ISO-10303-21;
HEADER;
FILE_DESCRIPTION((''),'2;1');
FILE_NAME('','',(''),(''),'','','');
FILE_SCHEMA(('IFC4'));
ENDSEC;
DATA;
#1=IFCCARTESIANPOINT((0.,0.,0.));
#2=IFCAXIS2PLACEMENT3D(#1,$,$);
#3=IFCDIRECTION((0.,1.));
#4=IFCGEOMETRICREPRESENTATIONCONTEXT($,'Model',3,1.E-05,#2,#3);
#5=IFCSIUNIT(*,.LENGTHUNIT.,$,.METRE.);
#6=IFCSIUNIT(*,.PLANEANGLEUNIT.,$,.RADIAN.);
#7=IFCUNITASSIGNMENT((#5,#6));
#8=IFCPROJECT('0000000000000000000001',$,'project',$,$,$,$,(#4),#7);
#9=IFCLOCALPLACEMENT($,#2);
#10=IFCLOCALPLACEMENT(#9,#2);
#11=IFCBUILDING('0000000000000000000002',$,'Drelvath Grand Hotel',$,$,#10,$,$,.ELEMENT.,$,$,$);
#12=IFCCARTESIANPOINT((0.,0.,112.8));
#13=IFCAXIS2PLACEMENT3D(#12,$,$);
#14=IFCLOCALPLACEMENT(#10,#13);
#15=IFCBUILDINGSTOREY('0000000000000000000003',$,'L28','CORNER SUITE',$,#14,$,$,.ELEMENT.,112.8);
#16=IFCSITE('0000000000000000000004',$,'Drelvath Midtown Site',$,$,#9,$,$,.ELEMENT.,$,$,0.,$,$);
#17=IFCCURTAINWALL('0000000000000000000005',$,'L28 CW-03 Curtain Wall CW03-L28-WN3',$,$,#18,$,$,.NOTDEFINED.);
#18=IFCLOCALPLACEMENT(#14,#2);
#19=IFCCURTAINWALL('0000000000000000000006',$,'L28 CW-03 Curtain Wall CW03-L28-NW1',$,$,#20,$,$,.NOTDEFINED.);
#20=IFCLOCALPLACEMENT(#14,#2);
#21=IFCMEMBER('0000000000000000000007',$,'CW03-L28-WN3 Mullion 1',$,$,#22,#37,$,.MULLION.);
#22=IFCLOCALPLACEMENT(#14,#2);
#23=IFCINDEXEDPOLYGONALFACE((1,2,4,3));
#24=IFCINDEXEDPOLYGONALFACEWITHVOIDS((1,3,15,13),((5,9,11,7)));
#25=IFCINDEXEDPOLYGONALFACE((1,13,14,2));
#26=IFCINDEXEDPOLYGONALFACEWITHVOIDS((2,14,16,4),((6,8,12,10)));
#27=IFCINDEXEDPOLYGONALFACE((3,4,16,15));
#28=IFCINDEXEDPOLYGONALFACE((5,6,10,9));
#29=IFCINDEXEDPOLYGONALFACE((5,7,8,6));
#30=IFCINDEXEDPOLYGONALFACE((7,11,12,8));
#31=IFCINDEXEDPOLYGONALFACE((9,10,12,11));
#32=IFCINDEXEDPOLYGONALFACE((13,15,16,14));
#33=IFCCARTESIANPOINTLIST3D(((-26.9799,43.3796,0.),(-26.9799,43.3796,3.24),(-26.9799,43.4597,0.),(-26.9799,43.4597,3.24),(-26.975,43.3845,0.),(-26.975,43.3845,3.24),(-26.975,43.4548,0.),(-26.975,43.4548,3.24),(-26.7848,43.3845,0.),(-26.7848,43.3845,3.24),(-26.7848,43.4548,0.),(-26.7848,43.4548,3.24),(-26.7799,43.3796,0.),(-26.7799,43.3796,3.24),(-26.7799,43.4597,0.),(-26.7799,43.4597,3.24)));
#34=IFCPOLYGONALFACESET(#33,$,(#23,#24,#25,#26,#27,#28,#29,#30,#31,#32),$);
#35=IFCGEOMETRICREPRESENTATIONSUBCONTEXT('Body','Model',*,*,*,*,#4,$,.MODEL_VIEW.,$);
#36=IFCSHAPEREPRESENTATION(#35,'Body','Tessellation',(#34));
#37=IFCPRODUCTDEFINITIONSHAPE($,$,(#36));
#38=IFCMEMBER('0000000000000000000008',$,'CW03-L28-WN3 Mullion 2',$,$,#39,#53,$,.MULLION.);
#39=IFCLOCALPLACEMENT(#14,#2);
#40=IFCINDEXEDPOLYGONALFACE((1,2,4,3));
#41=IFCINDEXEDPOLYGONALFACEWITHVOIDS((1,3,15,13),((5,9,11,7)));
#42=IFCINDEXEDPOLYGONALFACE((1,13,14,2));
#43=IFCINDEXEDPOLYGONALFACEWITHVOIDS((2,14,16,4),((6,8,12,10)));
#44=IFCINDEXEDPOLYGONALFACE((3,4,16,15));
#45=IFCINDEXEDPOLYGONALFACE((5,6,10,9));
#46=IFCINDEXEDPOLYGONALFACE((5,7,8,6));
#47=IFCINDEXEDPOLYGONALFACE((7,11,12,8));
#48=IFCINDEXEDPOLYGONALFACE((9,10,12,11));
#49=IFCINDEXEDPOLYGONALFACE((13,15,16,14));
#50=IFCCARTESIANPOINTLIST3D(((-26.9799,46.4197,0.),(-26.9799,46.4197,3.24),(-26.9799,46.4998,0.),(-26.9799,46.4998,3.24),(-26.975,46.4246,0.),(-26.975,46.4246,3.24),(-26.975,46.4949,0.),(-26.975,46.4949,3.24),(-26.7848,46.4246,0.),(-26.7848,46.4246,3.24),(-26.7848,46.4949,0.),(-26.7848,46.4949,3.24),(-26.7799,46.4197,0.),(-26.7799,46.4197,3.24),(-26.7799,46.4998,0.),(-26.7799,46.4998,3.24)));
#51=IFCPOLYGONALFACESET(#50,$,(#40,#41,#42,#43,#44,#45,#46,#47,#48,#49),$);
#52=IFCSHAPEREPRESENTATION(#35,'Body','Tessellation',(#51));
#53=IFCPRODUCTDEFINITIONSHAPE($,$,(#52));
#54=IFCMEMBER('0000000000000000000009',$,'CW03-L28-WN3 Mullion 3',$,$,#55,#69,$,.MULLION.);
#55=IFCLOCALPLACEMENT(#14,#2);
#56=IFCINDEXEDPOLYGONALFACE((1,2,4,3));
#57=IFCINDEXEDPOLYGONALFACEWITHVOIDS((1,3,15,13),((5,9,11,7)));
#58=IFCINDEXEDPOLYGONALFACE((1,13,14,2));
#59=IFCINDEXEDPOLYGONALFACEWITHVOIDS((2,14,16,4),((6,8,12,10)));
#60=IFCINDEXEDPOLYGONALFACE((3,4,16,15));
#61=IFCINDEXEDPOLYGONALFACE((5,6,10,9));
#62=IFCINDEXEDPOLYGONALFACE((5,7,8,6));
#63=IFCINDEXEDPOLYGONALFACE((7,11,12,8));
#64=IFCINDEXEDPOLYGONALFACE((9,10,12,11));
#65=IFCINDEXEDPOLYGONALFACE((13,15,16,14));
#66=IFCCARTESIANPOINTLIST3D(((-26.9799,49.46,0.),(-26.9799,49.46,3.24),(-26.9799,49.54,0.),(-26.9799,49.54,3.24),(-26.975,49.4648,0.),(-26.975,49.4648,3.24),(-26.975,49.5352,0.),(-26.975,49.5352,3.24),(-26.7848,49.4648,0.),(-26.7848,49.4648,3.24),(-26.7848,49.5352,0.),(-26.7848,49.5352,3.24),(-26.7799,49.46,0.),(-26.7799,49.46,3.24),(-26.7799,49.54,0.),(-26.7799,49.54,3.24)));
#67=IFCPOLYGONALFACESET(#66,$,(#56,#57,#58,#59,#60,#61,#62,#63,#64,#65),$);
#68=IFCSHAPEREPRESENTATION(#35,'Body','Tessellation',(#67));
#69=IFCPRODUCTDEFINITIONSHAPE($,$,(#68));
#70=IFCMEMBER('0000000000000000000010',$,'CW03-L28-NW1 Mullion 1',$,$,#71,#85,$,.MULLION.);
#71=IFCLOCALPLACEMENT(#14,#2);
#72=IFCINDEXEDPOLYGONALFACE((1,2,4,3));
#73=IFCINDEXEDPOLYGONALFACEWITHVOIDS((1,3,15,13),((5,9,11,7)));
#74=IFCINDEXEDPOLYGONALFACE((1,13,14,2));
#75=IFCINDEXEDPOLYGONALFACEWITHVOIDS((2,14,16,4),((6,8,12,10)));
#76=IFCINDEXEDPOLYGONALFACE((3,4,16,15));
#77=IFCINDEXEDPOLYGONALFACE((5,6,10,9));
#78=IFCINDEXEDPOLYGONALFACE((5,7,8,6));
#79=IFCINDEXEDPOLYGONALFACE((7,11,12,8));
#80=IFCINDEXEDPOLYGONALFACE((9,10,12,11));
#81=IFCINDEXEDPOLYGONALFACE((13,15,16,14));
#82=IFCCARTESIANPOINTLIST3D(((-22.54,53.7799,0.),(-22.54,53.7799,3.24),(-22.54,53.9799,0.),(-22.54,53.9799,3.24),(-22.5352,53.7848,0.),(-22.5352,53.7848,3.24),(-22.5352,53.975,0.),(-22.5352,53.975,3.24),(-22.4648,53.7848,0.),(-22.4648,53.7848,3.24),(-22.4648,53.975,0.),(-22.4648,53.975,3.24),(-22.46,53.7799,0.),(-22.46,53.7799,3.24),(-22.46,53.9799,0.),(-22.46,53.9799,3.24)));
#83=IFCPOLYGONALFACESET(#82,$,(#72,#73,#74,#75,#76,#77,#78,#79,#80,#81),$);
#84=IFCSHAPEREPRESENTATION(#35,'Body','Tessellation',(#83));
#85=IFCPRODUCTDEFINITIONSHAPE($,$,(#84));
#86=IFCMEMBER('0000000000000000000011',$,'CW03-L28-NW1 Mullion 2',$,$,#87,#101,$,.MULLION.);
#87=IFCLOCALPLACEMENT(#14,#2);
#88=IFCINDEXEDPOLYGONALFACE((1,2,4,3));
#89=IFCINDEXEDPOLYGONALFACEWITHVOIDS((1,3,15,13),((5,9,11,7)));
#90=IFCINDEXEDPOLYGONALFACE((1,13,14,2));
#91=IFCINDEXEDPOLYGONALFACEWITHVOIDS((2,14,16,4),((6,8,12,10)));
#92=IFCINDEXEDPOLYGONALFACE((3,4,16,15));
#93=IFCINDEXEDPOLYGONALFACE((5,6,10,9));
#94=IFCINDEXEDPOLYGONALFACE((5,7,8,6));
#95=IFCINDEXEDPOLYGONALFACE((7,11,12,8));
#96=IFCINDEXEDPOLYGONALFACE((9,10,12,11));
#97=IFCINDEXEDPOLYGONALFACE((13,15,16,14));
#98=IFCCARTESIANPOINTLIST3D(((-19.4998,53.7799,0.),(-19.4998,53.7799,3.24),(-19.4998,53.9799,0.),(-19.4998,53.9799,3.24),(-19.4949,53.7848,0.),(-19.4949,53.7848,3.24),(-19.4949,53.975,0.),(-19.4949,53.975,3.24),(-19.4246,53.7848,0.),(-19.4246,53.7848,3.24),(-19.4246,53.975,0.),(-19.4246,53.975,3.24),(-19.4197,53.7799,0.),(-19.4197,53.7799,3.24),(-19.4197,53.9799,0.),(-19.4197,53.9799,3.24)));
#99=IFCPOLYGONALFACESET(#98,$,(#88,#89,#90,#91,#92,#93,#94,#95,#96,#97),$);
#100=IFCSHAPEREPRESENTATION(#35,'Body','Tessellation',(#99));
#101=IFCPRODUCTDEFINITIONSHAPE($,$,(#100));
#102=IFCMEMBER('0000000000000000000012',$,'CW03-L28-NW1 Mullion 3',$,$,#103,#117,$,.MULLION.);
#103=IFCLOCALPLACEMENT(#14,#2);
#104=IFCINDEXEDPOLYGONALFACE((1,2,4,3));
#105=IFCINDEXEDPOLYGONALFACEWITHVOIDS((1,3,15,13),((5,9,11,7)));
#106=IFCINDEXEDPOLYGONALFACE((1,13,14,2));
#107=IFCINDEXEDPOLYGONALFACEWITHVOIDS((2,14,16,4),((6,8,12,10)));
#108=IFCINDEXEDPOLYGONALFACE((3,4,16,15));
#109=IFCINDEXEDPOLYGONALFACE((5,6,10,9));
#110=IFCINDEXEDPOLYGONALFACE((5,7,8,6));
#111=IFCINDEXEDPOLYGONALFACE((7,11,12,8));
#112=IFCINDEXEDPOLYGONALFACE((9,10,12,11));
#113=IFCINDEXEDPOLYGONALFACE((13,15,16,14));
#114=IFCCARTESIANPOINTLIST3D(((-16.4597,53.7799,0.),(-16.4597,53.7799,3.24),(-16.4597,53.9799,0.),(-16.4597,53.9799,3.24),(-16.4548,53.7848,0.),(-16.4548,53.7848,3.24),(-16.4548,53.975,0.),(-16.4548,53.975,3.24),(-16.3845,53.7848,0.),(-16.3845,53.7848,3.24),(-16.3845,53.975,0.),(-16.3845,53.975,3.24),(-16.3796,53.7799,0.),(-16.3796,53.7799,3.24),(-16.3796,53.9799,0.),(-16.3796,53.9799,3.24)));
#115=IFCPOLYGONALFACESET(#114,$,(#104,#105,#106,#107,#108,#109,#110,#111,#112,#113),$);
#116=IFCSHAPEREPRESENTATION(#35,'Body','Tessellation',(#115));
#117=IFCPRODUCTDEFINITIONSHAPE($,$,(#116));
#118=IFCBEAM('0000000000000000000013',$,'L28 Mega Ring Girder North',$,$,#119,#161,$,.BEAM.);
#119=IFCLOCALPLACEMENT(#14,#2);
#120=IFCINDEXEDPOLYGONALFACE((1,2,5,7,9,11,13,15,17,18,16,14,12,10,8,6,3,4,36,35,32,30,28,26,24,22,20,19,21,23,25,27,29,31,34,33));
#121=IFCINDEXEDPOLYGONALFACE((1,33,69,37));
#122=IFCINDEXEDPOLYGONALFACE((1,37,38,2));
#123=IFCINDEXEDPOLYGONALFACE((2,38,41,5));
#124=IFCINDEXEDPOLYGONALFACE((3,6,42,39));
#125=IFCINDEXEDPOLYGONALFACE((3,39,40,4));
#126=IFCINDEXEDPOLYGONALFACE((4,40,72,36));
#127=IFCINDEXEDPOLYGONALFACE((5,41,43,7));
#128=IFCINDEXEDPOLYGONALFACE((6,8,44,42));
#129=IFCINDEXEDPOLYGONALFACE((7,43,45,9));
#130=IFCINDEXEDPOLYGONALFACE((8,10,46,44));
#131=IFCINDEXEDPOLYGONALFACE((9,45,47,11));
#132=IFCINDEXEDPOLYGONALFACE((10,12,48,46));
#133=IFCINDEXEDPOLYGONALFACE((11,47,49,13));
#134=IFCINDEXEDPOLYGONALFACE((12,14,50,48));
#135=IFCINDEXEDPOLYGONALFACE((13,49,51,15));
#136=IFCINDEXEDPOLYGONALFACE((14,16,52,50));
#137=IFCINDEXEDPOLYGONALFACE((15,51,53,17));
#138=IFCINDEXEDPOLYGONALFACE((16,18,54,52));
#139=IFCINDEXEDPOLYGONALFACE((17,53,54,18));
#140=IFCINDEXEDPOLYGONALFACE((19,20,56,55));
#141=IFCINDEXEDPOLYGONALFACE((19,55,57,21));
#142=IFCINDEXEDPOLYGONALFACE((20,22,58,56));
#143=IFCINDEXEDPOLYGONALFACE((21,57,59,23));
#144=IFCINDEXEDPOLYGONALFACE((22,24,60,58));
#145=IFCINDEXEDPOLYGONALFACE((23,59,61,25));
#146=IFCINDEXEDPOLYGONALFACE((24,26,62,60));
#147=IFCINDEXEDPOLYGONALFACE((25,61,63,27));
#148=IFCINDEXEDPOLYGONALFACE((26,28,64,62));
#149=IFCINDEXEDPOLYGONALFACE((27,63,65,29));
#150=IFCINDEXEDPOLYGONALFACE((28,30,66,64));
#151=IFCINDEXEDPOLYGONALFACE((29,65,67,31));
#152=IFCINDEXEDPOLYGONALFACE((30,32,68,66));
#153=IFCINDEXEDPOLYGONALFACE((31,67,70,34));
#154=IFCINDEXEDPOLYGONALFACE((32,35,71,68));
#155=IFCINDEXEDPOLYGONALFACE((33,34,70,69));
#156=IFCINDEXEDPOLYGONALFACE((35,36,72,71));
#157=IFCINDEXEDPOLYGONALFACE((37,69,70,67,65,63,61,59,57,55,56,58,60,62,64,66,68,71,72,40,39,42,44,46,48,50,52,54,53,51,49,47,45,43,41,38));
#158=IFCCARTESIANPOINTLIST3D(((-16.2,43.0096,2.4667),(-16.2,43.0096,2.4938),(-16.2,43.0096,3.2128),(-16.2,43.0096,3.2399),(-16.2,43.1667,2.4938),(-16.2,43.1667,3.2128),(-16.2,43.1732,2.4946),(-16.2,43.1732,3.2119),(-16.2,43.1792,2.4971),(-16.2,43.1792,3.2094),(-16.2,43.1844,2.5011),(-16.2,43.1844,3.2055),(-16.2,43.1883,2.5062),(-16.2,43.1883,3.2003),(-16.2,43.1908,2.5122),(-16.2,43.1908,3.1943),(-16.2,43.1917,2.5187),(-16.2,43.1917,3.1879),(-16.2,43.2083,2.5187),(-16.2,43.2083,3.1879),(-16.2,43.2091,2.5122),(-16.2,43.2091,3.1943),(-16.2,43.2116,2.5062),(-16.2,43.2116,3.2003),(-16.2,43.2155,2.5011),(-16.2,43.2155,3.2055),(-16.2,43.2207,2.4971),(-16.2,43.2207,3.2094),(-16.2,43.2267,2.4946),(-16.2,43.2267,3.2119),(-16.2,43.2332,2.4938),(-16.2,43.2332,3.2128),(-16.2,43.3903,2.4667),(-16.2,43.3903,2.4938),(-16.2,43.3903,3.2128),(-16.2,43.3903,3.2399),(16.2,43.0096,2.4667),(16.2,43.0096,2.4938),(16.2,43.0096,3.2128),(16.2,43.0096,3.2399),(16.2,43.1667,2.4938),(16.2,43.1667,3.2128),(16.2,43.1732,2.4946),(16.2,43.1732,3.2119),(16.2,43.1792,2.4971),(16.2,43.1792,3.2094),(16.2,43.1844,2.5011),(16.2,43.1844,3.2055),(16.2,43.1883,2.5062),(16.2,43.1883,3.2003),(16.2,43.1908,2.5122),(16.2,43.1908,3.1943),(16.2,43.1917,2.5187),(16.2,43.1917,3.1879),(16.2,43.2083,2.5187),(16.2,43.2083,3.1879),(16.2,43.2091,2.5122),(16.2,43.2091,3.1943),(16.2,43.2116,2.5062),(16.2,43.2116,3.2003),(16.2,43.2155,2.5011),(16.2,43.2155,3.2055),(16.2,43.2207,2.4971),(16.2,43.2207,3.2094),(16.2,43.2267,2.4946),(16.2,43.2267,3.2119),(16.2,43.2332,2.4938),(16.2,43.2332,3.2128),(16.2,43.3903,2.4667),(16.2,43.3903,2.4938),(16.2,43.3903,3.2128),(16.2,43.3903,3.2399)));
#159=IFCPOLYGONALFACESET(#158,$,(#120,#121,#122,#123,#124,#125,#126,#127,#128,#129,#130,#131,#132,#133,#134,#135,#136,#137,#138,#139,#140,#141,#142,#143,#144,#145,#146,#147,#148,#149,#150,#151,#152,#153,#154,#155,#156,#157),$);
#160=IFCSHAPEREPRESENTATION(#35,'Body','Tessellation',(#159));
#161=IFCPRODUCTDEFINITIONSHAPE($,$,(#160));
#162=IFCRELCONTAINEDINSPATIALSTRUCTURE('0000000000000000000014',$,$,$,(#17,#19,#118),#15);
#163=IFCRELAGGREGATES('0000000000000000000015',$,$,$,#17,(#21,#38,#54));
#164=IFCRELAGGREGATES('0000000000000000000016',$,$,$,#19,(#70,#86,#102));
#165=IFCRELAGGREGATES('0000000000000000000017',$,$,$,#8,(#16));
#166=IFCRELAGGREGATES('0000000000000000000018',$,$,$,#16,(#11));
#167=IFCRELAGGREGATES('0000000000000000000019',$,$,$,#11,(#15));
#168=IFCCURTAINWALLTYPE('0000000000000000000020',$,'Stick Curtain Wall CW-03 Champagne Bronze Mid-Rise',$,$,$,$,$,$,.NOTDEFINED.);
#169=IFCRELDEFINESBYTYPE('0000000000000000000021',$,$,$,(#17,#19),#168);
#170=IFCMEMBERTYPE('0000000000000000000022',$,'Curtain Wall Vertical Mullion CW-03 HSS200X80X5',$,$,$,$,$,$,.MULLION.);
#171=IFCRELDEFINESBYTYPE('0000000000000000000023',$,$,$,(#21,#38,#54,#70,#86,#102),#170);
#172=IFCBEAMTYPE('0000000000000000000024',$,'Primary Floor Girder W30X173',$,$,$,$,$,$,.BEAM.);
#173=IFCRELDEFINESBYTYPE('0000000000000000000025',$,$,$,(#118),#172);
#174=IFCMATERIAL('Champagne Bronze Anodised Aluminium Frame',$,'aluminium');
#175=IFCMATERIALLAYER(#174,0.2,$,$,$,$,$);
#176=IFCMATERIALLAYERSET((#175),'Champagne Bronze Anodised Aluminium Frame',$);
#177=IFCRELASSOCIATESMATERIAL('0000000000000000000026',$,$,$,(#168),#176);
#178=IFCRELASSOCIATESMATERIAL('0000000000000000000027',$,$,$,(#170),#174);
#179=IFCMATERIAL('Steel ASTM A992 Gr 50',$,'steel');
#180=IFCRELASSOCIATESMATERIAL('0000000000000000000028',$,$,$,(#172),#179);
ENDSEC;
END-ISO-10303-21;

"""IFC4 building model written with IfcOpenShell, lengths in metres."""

from ifc_helpers import new_model, si_unit, direction, frame, origin, origin_2d, place, context, subcontext, project, spatial, hollow_rectangle, i_section, extrude, material, layer, layer_set, material_profile, profile_set, type_object, element, aggregate, save


model = new_model("IFC4")

# Units and contexts
model_context = context("Model", 3, precision=1e-05, world=origin(), true_north=direction((0.0, 1.0)))
body_context = subcontext(model_context, "Body", "Model", "MODEL_VIEW")
ifc_project = project(units=[si_unit("LENGTHUNIT", "METRE"), si_unit("PLANEANGLEUNIT", "RADIAN")], contexts=[model_context])

# Site, building, storey
site_placement = place(None, origin())
site = spatial("IfcSite", under=ifc_project, at=site_placement, Name="Drelvath Midtown Site", CompositionType="ELEMENT", RefElevation=0.0)
building_placement = place(site_placement, origin())
building = spatial("IfcBuilding", under=site, at=building_placement, Name="Drelvath Grand Hotel", CompositionType="ELEMENT")
storey_placement = place(building_placement, frame((0.0, 0.0, 112.8)))
storey = spatial("IfcBuildingStorey", under=building, at=storey_placement, Name="L28", Description="CORNER SUITE", CompositionType="ELEMENT", Elevation=112.8)

# Shared definitions
ifc_material_1 = material(Name="Steel ASTM A992 Gr 50", Category="steel")

# Curtain walls
ifc_material_2 = material(Name="Champagne Bronze Anodised Aluminium Frame", Category="aluminium")
ifc_layer_1 = layer(ifc_material_2, 0.2)
ifc_layer_set_1 = layer_set([ifc_layer_1], Name="Champagne Bronze Anodised Aluminium Frame")
curtain_wall_type = type_object("IfcCurtainWallType", Name="Stick Curtain Wall CW-03 Champagne Bronze Mid-Rise", PredefinedType="NOTDEFINED", material=ifc_layer_set_1)
curtain_wall_1_placement = place(storey_placement, origin())
curtain_wall_1 = element("IfcCurtainWall", 1, at=curtain_wall_1_placement, inside=storey, type_object=curtain_wall_type, Name="L28 CW-03 Curtain Wall CW03-L28-WN3", PredefinedType="NOTDEFINED")
curtain_wall_2_placement = place(storey_placement, origin())
curtain_wall_2 = element("IfcCurtainWall", 2, at=curtain_wall_2_placement, inside=storey, type_object=curtain_wall_type, Name="L28 CW-03 Curtain Wall CW03-L28-NW1", PredefinedType="NOTDEFINED")

# Shared definitions
ifc_material_profile_1 = material_profile(ifc_material_2, hollow_rectangle(XDim=0.0801, YDim=0.2, WallThickness=0.0049, at=origin_2d()), Name="HSS200X80X5")
ifc_profile_set_1 = profile_set([ifc_material_profile_1], Name="Champagne Bronze Anodised Aluminium Frame")
member_type_1 = type_object("IfcMemberType", Name="Curtain Wall Vertical Mullion CW-03 HSS200X80X5", PredefinedType="MULLION", material=ifc_profile_set_1)

# Members
member_1_placement = place(storey_placement, frame((-26.8799, 43.4197, 0.0), z_axis=(0.0, 0.0, 1.0), x_axis=(0.0, 1.0, 0.0)))
member_1 = element("IfcMember", 3, at=member_1_placement, type_object=member_type_1, Name="CW03-L28-WN3 Mullion 1", PredefinedType="MULLION", context=body_context, shape_type="SweptSolid", body=[
    extrude(hollow_rectangle(XDim=0.0801, YDim=0.2, WallThickness=0.0049, at=origin_2d()), origin(), (0.0, 0.0, 1.0), 3.24),
])
member_2_placement = place(storey_placement, frame((-26.8799, 46.4597, 0.0), z_axis=(0.0, 0.0, 1.0), x_axis=(0.0, 1.0, 0.0)))
member_2 = element("IfcMember", 4, at=member_2_placement, type_object=member_type_1, Name="CW03-L28-WN3 Mullion 2", PredefinedType="MULLION", context=body_context, shape_type="SweptSolid", body=[
    extrude(hollow_rectangle(XDim=0.0801, YDim=0.2, WallThickness=0.0049, at=origin_2d()), origin(), (0.0, 0.0, 1.0), 3.24),
])
member_3_placement = place(storey_placement, frame((-26.8799, 49.5, 0.0), z_axis=(0.0, 0.0, 1.0), x_axis=(0.0, 1.0, 0.0)))
member_3 = element("IfcMember", 5, at=member_3_placement, type_object=member_type_1, Name="CW03-L28-WN3 Mullion 3", PredefinedType="MULLION", context=body_context, shape_type="SweptSolid", body=[
    extrude(hollow_rectangle(XDim=0.0801, YDim=0.2, WallThickness=0.0049, at=origin_2d()), origin(), (0.0, 0.0, 1.0), 3.24),
])
member_4_placement = place(storey_placement, frame((-22.5, 53.8799, 0.0), z_axis=(0.0, 0.0, 1.0), x_axis=(1.0, 0.0, 0.0)))
member_4 = element("IfcMember", 6, at=member_4_placement, type_object=member_type_1, Name="CW03-L28-NW1 Mullion 1", PredefinedType="MULLION", context=body_context, shape_type="SweptSolid", body=[
    extrude(hollow_rectangle(XDim=0.0801, YDim=0.2, WallThickness=0.0049, at=origin_2d()), origin(), (0.0, 0.0, 1.0), 3.24),
])
member_5_placement = place(storey_placement, frame((-19.4597, 53.8799, 0.0), z_axis=(0.0, 0.0, 1.0), x_axis=(1.0, 0.0, 0.0)))
member_5 = element("IfcMember", 7, at=member_5_placement, type_object=member_type_1, Name="CW03-L28-NW1 Mullion 2", PredefinedType="MULLION", context=body_context, shape_type="SweptSolid", body=[
    extrude(hollow_rectangle(XDim=0.0801, YDim=0.2, WallThickness=0.0049, at=origin_2d()), origin(), (0.0, 0.0, 1.0), 3.24),
])
member_6_placement = place(storey_placement, frame((-16.4197, 53.8799, 0.0), z_axis=(0.0, 0.0, 1.0), x_axis=(1.0, 0.0, 0.0)))
member_6 = element("IfcMember", 8, at=member_6_placement, type_object=member_type_1, Name="CW03-L28-NW1 Mullion 3", PredefinedType="MULLION", context=body_context, shape_type="SweptSolid", body=[
    extrude(hollow_rectangle(XDim=0.0801, YDim=0.2, WallThickness=0.0049, at=origin_2d()), origin(), (0.0, 0.0, 1.0), 3.24),
])

# Beam
ifc_material_profile_2 = material_profile(ifc_material_1, i_section(OverallWidth=0.3806, OverallDepth=0.7732, WebThickness=0.0166, FlangeThickness=0.0271, FilletRadius=0.0249, at=origin_2d()), Name="W30X173")
ifc_profile_set_2 = profile_set([ifc_material_profile_2], Name="Steel ASTM A992 Gr 50")
beam_type_1 = type_object("IfcBeamType", Name="Primary Floor Girder W30X173", PredefinedType="BEAM", material=ifc_profile_set_2)
beam_1_placement = place(storey_placement, frame((-16.2, 43.2, 2.8533), z_axis=(1.0, 0.0, 0.0), x_axis=(0.0, 1.0, 0.0)))
element("IfcBeam", 9, at=beam_1_placement, inside=storey, type_object=beam_type_1, Name="L28 Mega Ring Girder North", PredefinedType="BEAM", context=body_context, shape_type="SweptSolid", body=[
    extrude(i_section(OverallWidth=0.3806, OverallDepth=0.7732, WebThickness=0.0166, FlangeThickness=0.0271, FilletRadius=0.0249, at=origin_2d()), origin(), (0.0, 0.0, 1.0), 32.3999),
])

aggregate(curtain_wall_1, [member_1, member_2, member_3])
aggregate(curtain_wall_2, [member_4, member_5, member_6])

save(model, "model.ifc")
